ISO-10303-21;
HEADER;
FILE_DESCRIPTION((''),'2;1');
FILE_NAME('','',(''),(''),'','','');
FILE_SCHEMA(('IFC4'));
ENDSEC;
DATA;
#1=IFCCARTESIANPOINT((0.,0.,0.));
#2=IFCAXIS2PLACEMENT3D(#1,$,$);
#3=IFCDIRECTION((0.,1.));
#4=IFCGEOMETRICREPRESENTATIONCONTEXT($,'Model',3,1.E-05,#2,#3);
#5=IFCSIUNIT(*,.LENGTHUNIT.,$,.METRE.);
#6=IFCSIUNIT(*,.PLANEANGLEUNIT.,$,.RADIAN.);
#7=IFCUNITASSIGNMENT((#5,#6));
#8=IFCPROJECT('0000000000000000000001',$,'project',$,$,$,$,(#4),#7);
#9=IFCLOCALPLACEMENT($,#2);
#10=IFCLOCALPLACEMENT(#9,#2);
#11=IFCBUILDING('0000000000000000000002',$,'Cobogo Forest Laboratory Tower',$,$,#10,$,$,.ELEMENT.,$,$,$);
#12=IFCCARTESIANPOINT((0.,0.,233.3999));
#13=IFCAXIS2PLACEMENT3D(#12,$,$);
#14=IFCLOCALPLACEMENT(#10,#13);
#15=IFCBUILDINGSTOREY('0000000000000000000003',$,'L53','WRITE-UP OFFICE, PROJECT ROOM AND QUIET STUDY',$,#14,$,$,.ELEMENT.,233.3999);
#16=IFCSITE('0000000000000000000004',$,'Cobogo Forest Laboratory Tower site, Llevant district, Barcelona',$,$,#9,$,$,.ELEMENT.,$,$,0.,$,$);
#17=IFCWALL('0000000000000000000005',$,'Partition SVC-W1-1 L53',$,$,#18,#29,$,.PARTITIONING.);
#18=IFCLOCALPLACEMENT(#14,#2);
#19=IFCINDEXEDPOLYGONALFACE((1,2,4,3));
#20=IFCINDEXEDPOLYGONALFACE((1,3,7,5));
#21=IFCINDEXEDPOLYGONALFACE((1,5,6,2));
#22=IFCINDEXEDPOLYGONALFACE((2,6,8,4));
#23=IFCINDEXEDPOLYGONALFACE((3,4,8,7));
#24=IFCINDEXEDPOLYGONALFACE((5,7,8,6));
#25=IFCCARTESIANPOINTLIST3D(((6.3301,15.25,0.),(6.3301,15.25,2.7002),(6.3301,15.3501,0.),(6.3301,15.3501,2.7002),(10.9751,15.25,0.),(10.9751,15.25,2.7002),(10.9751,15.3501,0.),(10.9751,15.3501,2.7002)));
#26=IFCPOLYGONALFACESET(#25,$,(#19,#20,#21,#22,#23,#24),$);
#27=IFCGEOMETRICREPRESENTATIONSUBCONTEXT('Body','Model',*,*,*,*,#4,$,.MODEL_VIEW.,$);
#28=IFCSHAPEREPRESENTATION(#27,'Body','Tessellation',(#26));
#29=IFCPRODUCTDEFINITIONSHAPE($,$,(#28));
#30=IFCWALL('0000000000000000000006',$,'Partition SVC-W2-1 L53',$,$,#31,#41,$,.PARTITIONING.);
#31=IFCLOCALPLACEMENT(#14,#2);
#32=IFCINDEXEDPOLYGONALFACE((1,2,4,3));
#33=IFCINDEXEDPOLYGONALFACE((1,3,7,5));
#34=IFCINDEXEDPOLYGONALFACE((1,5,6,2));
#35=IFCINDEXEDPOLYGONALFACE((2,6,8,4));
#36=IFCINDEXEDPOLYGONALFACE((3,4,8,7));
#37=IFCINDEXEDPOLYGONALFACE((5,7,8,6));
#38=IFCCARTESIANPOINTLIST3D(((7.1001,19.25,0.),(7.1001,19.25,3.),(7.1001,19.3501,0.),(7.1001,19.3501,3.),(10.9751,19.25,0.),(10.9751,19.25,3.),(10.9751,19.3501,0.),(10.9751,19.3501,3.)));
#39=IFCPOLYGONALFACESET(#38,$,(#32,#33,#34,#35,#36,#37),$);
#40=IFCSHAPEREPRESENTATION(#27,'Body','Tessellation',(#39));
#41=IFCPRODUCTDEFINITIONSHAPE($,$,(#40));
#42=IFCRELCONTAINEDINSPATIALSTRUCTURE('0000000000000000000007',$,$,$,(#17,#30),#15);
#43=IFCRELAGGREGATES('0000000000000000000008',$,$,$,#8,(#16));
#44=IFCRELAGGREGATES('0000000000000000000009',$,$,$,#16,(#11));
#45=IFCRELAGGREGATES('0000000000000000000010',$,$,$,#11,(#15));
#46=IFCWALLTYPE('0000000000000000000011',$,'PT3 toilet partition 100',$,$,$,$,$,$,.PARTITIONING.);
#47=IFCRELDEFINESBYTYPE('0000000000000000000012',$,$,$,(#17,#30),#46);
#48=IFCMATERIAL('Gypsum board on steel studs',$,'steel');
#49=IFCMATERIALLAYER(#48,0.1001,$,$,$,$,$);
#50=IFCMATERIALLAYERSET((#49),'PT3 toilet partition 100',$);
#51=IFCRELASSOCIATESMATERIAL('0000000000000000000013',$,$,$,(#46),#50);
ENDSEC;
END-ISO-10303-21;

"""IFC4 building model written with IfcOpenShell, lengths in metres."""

from ifc_helpers import new_model, si_unit, direction, frame, frame_2d, origin, place, context, subcontext, project, spatial, rectangle, extrude, material, layer, layer_set, type_object, element, save


model = new_model("IFC4")

# Units and contexts
model_context = context("Model", 3, precision=1e-05, world=origin(), true_north=direction((0.0, 1.0)))
body_context = subcontext(model_context, "Body", "Model", "MODEL_VIEW")
ifc_project = project(units=[si_unit("LENGTHUNIT", "METRE"), si_unit("PLANEANGLEUNIT", "RADIAN")], contexts=[model_context])

# Site, building, storey
site_placement = place(None, origin())
site = spatial("IfcSite", under=ifc_project, at=site_placement, Name="Cobogo Forest Laboratory Tower site, Llevant district, Barcelona", CompositionType="ELEMENT", RefElevation=0.0)
building_placement = place(site_placement, origin())
building = spatial("IfcBuilding", under=site, at=building_placement, Name="Cobogo Forest Laboratory Tower", CompositionType="ELEMENT")
storey_placement = place(building_placement, frame((0.0, 0.0, 233.3999)))
storey = spatial("IfcBuildingStorey", under=building, at=storey_placement, Name="L53", Description="WRITE-UP OFFICE, PROJECT ROOM AND QUIET STUDY", CompositionType="ELEMENT", Elevation=233.3999)

# Shared definitions
ifc_material_1 = material(Name="Gypsum board on steel studs", Category="steel")

# Walls
ifc_layer_1 = layer(ifc_material_1, 0.1001)
ifc_layer_set_1 = layer_set([ifc_layer_1], Name="PT3 toilet partition 100")
wall_type_1 = type_object("IfcWallType", Name="PT3 toilet partition 100", PredefinedType="PARTITIONING", material=ifc_layer_set_1)
wall_1_placement = place(storey_placement, frame((6.3301, 15.3, 0.0), z_axis=(0.0, 0.0, 1.0), x_axis=(1.0, 0.0, 0.0)))
element("IfcWall", 1, at=wall_1_placement, inside=storey, type_object=wall_type_1, Name="Partition SVC-W1-1 L53", PredefinedType="PARTITIONING", context=body_context, shape_type="SweptSolid", body=[
    extrude(rectangle(XDim=4.645, YDim=0.1001, at=frame_2d((2.3225, 0.0))), origin(), (0.0, 0.0, 1.0), 2.7002),
])
wall_2_placement = place(storey_placement, frame((7.1001, 19.3, 0.0), z_axis=(0.0, 0.0, 1.0), x_axis=(1.0, 0.0, 0.0)))
element("IfcWall", 2, at=wall_2_placement, inside=storey, type_object=wall_type_1, Name="Partition SVC-W2-1 L53", PredefinedType="PARTITIONING", context=body_context, shape_type="SweptSolid", body=[
    extrude(rectangle(XDim=3.875, YDim=0.1001, at=frame_2d((1.9375, 0.0))), origin(), (0.0, 0.0, 1.0), 3.0),
])

save(model, "model.ifc")
